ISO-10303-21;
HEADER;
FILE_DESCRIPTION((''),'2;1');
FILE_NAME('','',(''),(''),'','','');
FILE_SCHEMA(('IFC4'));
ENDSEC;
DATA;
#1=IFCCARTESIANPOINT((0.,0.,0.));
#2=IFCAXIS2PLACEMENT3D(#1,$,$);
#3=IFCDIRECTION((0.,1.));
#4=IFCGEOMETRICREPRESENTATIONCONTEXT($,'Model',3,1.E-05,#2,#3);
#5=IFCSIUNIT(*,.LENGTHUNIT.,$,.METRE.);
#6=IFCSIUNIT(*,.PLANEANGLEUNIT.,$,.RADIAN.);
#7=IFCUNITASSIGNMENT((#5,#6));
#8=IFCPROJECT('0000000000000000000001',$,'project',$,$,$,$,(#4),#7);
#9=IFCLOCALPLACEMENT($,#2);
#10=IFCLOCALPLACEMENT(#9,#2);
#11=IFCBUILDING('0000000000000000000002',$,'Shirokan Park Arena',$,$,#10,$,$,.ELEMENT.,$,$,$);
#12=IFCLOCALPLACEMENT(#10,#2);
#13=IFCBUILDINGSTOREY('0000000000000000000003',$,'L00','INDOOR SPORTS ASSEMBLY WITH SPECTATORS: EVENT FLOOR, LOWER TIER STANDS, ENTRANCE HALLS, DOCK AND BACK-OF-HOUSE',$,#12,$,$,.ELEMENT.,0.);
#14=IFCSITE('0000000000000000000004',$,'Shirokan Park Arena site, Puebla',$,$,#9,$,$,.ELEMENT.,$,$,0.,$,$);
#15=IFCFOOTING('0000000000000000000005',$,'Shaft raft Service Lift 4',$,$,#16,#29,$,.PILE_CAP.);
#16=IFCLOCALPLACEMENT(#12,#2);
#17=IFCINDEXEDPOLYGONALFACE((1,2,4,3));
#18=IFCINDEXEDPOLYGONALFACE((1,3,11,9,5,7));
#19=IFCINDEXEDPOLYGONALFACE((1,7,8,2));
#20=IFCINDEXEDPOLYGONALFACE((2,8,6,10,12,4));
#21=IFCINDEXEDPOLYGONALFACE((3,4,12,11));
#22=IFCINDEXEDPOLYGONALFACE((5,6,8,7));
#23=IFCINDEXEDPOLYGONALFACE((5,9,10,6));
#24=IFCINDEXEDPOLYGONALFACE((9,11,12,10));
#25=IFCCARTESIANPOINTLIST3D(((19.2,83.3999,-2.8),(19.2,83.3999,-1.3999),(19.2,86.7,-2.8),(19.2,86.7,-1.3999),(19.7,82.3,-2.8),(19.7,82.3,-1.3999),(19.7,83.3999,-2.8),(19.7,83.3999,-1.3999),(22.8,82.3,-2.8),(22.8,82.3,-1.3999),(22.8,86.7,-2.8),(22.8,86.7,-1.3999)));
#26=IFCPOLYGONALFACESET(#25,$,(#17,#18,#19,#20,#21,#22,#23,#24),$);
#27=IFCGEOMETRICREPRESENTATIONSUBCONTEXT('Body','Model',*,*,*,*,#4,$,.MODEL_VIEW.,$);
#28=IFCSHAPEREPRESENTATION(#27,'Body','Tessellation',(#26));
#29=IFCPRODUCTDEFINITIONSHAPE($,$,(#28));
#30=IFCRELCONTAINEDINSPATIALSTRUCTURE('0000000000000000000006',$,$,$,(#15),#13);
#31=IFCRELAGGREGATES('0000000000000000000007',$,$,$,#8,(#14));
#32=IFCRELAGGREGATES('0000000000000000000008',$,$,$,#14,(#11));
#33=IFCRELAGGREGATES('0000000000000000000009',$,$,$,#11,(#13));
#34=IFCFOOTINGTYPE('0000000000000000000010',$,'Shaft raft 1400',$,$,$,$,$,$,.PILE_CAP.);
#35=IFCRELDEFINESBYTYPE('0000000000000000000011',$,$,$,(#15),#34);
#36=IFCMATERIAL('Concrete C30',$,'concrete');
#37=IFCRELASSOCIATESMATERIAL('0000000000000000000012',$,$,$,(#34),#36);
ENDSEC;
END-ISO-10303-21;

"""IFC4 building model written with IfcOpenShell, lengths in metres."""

from ifc_helpers import new_model, si_unit, direction, frame, origin, place, context, subcontext, project, spatial, polyline, outline, extrude, material, type_object, element, save


model = new_model("IFC4")

# Units and contexts
model_context = context("Model", 3, precision=1e-05, world=origin(), true_north=direction((0.0, 1.0)))
body_context = subcontext(model_context, "Body", "Model", "MODEL_VIEW")
ifc_project = project(units=[si_unit("LENGTHUNIT", "METRE"), si_unit("PLANEANGLEUNIT", "RADIAN")], contexts=[model_context])

# Site, building, storey
site_placement = place(None, origin())
site = spatial("IfcSite", under=ifc_project, at=site_placement, Name="Shirokan Park Arena site, Puebla", CompositionType="ELEMENT", RefElevation=0.0)
building_placement = place(site_placement, origin())
building = spatial("IfcBuilding", under=site, at=building_placement, Name="Shirokan Park Arena", CompositionType="ELEMENT")
storey_placement = place(building_placement, origin())
storey = spatial("IfcBuildingStorey", under=building, at=storey_placement, Name="L00", Description="INDOOR SPORTS ASSEMBLY WITH SPECTATORS: EVENT FLOOR, LOWER TIER STANDS, ENTRANCE HALLS, DOCK AND BACK-OF-HOUSE", CompositionType="ELEMENT", Elevation=0.0)

# Shared definitions
ifc_material = material(Name="Concrete C30", Category="concrete")

# Footing
footing_type_1 = type_object("IfcFootingType", Name="Shaft raft 1400", PredefinedType="PILE_CAP", material=ifc_material)
footing_1_placement = place(storey_placement, frame((0.0, 0.0, -2.8)))
element("IfcFooting", 1, at=footing_1_placement, inside=storey, type_object=footing_type_1, Name="Shaft raft Service Lift 4", PredefinedType="PILE_CAP", context=body_context, shape_type="SweptSolid", body=[
    extrude(outline(polyline([(19.2, 86.7), (22.8, 86.7), (22.8, 82.3), (19.7, 82.3), (19.7, 83.3999), (19.2, 83.3999), (19.2, 86.7)])), origin(), (0.0, 0.0, 1.0), 1.4001),
])

save(model, "model.ifc")
